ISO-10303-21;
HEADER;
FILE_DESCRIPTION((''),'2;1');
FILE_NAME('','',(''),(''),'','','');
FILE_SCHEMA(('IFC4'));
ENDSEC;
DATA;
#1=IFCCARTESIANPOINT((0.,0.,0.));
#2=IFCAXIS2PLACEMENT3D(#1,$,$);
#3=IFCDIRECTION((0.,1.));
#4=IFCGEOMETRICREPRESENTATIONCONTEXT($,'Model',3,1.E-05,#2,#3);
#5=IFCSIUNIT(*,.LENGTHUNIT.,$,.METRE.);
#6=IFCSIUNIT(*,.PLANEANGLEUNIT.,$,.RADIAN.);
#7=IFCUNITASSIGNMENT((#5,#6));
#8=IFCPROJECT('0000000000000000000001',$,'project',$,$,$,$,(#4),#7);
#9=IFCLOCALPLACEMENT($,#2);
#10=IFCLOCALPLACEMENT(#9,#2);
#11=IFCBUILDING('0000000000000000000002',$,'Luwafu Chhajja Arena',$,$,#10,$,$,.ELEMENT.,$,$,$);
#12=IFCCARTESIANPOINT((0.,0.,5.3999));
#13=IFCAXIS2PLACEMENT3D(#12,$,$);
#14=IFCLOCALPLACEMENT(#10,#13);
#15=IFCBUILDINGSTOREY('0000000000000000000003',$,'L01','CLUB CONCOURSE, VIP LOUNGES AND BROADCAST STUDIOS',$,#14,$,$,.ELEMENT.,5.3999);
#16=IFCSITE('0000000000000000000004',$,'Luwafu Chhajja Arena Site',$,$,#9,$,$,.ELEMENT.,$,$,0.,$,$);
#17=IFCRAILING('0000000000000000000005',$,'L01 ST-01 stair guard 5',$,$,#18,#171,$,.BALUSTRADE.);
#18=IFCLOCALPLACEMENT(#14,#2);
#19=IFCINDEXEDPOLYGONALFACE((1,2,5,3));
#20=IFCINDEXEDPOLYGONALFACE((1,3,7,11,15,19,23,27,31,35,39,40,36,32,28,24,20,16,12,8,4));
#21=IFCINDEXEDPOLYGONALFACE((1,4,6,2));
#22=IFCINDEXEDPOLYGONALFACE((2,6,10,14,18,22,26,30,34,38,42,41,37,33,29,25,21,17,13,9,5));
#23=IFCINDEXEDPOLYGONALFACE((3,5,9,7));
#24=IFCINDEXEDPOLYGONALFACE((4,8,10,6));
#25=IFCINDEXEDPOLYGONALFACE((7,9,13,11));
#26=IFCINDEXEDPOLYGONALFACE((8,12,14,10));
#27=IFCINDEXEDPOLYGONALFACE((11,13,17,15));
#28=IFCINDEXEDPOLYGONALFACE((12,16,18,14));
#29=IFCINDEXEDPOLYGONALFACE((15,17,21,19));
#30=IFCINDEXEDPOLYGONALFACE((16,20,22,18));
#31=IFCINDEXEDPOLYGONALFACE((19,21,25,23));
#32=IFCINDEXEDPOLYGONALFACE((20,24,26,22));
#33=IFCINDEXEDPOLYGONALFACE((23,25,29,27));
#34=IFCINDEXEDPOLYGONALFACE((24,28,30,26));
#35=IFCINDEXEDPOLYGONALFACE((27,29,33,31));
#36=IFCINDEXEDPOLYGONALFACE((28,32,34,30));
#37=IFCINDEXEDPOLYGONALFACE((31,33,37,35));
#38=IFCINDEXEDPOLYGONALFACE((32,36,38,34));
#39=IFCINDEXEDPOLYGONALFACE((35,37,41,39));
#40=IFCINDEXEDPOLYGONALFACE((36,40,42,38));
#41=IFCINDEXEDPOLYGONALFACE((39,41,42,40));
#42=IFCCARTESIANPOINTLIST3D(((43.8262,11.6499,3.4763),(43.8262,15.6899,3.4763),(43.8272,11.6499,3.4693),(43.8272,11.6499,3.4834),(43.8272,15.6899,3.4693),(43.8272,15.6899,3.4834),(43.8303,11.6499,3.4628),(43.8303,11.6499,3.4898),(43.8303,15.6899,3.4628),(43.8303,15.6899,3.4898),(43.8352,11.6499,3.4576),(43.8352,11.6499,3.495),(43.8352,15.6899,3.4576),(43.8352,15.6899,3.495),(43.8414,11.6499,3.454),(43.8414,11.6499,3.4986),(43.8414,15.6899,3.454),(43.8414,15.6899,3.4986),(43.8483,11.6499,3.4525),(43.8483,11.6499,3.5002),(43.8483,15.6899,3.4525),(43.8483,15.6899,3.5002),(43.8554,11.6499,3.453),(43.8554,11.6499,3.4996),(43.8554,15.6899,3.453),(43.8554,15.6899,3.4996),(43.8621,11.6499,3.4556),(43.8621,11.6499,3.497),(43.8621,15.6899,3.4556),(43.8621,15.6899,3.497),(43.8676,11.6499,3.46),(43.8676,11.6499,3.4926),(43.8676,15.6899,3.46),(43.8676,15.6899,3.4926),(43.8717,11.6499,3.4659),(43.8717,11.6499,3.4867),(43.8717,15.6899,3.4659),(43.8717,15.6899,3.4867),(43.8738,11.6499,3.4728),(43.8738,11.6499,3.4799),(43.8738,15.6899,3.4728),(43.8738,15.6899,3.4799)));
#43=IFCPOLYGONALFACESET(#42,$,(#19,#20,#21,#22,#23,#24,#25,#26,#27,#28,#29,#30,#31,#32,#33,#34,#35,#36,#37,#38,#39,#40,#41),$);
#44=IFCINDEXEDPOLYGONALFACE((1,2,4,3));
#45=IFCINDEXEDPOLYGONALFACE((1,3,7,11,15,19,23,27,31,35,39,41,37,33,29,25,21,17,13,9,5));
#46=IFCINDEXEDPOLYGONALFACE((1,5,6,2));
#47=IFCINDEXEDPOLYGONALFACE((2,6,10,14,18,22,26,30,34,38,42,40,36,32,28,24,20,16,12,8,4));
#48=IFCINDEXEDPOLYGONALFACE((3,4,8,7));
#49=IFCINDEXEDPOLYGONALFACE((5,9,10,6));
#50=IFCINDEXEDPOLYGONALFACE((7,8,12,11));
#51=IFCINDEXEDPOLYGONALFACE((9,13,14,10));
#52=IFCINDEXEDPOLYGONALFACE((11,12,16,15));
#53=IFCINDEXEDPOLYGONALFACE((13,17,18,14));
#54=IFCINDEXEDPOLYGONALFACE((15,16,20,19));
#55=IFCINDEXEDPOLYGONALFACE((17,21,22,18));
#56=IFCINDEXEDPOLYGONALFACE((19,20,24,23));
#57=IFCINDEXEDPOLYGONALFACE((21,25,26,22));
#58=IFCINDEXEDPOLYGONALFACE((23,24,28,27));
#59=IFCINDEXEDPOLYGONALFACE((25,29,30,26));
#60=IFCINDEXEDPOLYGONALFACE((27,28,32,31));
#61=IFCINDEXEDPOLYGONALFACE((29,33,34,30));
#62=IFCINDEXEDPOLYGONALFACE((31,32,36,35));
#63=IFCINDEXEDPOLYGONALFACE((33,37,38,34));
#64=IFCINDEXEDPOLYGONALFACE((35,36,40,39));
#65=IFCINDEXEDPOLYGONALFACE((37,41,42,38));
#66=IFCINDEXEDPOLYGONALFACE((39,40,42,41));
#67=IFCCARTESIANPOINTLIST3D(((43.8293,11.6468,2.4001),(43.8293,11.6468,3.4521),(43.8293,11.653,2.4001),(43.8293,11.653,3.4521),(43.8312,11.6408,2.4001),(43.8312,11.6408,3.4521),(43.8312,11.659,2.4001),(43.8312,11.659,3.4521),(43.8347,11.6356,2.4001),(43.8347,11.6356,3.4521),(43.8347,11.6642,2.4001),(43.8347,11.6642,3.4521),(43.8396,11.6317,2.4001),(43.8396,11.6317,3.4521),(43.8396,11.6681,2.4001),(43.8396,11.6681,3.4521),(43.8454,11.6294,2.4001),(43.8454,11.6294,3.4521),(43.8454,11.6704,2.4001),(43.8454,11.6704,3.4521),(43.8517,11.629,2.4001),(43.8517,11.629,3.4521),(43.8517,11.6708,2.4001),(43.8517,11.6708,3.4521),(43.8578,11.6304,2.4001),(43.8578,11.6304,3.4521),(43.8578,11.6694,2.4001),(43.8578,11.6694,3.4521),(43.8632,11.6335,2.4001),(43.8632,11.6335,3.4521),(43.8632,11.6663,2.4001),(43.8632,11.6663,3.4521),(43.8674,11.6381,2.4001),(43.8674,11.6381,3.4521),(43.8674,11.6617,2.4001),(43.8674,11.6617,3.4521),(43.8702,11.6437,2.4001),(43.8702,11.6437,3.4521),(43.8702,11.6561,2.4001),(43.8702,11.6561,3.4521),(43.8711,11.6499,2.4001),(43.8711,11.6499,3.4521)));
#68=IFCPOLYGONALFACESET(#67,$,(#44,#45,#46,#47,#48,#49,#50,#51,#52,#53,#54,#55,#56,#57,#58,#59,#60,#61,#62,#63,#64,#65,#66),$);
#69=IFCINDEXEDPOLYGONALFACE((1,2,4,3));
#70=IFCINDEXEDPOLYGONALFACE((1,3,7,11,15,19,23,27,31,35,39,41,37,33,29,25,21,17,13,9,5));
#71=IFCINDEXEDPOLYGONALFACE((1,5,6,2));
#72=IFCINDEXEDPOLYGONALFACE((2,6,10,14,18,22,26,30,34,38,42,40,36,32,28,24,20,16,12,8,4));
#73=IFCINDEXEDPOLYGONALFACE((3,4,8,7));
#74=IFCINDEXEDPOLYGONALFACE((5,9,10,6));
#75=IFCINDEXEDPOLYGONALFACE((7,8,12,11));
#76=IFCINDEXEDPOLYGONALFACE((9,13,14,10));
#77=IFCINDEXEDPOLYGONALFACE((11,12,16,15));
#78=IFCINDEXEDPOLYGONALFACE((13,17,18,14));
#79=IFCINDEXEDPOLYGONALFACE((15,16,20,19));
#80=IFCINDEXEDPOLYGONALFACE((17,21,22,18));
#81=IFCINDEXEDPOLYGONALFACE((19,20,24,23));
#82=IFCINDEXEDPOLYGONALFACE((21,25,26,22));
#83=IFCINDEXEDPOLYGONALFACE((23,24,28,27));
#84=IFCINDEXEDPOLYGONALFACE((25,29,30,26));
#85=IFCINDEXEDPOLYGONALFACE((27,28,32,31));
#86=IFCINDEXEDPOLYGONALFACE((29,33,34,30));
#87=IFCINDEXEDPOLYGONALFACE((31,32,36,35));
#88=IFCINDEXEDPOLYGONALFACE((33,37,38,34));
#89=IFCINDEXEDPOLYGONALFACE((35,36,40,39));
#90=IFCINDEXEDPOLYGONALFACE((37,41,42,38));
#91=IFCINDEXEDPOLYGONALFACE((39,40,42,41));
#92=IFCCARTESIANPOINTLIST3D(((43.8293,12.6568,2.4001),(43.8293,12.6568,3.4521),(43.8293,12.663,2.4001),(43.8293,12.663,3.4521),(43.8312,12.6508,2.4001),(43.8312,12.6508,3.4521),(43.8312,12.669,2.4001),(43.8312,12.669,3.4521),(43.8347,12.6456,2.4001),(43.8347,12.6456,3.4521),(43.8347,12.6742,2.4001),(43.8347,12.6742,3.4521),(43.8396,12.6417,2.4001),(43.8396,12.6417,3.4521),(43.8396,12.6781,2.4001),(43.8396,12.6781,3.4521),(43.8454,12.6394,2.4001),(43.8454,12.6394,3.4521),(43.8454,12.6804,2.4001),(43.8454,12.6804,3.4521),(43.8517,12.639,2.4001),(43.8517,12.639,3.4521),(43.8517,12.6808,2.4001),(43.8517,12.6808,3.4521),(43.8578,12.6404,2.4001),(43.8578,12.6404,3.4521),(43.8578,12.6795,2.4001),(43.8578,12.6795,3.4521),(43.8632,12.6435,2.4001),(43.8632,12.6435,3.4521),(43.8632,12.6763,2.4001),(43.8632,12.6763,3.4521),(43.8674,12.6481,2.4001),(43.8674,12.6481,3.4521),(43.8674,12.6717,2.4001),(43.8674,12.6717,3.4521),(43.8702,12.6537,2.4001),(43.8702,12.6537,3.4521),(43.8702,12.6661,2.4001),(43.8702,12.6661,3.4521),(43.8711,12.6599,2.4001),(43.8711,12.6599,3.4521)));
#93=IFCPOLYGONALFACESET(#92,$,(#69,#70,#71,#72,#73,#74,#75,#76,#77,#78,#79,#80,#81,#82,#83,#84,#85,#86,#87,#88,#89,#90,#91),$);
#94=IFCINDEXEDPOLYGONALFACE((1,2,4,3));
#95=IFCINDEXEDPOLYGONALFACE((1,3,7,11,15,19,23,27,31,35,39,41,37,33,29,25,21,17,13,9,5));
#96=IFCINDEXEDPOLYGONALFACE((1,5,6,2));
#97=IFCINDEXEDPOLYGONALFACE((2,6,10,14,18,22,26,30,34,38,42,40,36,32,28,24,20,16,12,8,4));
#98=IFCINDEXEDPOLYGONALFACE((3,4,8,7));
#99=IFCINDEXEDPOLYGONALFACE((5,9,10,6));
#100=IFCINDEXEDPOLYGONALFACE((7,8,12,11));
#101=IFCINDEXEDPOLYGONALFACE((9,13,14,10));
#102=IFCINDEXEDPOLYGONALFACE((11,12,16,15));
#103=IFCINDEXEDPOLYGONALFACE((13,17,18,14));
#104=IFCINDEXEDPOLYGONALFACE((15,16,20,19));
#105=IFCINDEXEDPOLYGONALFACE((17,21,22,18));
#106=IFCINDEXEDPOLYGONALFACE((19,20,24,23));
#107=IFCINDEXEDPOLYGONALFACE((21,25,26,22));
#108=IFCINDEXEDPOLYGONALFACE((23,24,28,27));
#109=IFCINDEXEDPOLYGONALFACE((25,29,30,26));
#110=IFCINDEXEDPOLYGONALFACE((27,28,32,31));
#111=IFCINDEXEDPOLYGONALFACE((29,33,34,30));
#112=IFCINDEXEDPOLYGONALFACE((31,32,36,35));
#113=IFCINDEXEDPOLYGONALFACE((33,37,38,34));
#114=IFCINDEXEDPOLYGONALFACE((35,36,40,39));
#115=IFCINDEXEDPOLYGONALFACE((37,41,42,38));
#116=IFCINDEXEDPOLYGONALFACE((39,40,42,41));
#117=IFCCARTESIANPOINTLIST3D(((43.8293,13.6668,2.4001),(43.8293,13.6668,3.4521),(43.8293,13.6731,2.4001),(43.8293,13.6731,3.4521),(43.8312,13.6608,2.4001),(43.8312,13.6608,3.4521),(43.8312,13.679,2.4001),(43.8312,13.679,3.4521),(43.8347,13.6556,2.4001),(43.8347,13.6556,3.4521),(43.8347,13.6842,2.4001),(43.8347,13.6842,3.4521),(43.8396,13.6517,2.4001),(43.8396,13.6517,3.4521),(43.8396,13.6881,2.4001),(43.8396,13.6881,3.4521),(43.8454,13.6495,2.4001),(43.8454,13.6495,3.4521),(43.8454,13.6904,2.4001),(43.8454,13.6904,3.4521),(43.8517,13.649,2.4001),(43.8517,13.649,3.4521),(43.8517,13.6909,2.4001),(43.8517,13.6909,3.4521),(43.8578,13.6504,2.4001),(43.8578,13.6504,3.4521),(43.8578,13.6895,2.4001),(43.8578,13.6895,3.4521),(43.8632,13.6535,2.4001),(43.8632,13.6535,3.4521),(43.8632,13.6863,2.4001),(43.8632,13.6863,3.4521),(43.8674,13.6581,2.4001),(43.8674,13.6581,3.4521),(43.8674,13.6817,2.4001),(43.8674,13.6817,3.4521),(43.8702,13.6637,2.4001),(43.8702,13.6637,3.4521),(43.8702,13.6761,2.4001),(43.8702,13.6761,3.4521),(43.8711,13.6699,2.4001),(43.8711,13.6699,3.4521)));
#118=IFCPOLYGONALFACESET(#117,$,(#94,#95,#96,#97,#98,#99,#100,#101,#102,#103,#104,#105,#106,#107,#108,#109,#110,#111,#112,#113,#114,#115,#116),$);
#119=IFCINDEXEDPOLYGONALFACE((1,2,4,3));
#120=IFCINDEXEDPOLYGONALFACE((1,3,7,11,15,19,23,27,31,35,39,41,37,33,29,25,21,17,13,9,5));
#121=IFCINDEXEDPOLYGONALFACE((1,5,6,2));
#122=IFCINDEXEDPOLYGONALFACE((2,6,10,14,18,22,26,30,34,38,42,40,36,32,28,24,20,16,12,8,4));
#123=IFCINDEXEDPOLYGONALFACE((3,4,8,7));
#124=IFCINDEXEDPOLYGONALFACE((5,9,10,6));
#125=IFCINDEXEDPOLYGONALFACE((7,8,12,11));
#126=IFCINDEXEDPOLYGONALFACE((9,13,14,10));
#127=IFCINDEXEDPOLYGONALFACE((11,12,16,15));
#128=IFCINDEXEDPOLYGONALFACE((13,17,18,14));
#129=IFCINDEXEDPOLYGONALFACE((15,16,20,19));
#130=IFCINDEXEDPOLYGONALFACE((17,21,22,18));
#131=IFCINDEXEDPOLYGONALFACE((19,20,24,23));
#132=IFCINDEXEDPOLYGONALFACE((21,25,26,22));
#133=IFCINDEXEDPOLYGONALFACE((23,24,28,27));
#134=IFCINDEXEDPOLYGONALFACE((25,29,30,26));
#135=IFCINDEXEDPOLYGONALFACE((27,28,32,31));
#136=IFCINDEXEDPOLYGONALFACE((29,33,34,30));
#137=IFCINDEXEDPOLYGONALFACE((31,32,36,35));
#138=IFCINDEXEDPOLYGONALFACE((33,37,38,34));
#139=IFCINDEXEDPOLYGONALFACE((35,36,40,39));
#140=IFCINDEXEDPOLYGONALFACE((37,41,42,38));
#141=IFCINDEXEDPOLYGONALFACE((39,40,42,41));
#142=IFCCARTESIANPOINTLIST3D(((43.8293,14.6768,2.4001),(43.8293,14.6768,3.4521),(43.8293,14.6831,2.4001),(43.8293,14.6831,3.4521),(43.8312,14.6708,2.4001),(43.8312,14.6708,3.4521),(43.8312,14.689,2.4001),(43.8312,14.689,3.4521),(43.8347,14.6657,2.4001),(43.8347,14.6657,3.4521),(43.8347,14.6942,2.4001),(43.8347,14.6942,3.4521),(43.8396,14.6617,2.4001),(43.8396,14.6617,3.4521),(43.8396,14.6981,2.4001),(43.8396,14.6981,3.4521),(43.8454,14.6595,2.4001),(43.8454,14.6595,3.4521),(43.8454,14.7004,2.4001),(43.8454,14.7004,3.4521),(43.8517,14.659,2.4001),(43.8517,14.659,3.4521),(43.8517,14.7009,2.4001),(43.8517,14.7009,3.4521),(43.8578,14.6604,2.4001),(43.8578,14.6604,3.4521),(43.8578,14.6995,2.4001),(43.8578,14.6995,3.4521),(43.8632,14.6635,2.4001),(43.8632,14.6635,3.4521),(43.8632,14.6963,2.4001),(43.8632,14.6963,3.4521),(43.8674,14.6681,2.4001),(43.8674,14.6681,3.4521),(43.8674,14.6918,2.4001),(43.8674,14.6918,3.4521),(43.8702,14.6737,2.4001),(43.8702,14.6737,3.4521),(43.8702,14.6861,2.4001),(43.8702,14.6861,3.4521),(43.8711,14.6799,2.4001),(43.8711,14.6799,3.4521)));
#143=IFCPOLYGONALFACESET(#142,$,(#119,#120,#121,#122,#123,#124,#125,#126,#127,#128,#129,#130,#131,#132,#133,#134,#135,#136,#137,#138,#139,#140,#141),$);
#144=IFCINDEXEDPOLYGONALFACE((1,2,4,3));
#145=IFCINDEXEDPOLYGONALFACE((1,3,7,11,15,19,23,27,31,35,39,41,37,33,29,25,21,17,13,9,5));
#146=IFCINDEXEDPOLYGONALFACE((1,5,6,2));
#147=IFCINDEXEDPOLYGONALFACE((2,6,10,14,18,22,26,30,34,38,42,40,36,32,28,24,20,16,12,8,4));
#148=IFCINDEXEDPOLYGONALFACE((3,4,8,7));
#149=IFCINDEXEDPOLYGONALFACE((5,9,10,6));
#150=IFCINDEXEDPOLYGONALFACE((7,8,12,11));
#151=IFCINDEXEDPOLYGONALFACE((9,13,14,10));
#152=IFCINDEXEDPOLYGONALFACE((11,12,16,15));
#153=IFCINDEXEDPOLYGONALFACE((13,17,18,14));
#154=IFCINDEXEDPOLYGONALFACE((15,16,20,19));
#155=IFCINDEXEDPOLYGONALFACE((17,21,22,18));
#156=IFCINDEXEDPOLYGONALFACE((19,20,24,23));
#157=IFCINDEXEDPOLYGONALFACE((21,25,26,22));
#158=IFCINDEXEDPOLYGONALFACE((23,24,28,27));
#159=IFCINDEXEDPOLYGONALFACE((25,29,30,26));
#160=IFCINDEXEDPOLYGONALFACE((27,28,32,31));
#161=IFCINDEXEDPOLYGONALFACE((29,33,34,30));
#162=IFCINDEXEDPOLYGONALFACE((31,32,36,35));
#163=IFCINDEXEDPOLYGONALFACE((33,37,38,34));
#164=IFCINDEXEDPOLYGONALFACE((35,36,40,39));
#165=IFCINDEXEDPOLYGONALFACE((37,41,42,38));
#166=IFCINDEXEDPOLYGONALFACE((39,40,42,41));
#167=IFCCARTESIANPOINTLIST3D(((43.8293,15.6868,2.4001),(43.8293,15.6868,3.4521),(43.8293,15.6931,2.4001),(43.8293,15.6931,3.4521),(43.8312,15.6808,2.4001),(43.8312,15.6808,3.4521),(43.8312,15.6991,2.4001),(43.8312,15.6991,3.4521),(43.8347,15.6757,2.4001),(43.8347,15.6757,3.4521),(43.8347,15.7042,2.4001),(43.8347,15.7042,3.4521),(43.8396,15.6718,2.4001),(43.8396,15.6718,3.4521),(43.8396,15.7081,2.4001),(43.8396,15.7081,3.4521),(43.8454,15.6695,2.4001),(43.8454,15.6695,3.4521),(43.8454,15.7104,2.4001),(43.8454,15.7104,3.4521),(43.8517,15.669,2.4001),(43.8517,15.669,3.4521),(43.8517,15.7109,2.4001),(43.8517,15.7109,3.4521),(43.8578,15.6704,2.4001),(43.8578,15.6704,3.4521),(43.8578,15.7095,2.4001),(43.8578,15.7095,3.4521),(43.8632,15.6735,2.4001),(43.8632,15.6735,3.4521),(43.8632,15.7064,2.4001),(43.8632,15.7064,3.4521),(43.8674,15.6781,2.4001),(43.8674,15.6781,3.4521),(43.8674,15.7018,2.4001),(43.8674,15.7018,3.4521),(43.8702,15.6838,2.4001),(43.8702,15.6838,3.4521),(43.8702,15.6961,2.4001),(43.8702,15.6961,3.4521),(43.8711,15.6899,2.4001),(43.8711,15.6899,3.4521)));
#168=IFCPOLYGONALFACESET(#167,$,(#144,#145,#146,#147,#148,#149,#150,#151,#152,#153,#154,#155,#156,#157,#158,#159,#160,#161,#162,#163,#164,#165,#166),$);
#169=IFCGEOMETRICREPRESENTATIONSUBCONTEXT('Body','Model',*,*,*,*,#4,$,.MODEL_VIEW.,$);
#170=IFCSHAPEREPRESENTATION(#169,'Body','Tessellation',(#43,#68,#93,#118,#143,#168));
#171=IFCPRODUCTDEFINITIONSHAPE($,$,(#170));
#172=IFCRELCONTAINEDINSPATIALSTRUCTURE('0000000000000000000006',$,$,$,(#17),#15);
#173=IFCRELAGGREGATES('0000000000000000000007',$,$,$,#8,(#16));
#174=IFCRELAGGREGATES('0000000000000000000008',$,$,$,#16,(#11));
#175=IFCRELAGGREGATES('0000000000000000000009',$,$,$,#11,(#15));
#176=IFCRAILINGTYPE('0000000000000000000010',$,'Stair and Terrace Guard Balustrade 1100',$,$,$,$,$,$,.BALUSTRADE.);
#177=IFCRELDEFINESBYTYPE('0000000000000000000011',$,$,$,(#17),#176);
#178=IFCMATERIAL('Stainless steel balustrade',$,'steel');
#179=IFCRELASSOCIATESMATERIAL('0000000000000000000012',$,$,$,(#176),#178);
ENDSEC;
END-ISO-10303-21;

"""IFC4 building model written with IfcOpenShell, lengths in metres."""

from ifc_helpers import new_model, si_unit, direction, frame, origin, origin_2d, place, context, subcontext, project, spatial, circle, extrude, material, type_object, element, save


model = new_model("IFC4")

# Units and contexts
model_context = context("Model", 3, precision=1e-05, world=origin(), true_north=direction((0.0, 1.0)))
body_context = subcontext(model_context, "Body", "Model", "MODEL_VIEW")
ifc_project = project(units=[si_unit("LENGTHUNIT", "METRE"), si_unit("PLANEANGLEUNIT", "RADIAN")], contexts=[model_context])

# Site, building, storey
site_placement = place(None, origin())
site = spatial("IfcSite", under=ifc_project, at=site_placement, Name="Luwafu Chhajja Arena Site", CompositionType="ELEMENT", RefElevation=0.0)
building_placement = place(site_placement, origin())
building = spatial("IfcBuilding", under=site, at=building_placement, Name="Luwafu Chhajja Arena", CompositionType="ELEMENT")
storey_placement = place(building_placement, frame((0.0, 0.0, 5.3999)))
storey = spatial("IfcBuildingStorey", under=building, at=storey_placement, Name="L01", Description="CLUB CONCOURSE, VIP LOUNGES AND BROADCAST STUDIOS", CompositionType="ELEMENT", Elevation=5.3999)

# Railing
ifc_material_1 = material(Name="Stainless steel balustrade", Category="steel")
railing_type_1 = type_object("IfcRailingType", Name="Stair and Terrace Guard Balustrade 1100", PredefinedType="BALUSTRADE", material=ifc_material_1)
railing_1_placement = place(storey_placement, frame((43.8501, 11.6499, 2.4001)))
element("IfcRailing", 1, at=railing_1_placement, inside=storey, type_object=railing_type_1, Name="L01 ST-01 stair guard 5", PredefinedType="BALUSTRADE", context=body_context, shape_type="SweptSolid", body=[
    extrude(circle(Radius=0.0239, at=origin_2d()), frame((0.0, 0.0, 1.0762), z_axis=(0.0, 1.0, 0.0), x_axis=(-1.0, 0.0, 0.0)), (0.0, 0.0, 1.0), 4.04),
    extrude(circle(Radius=0.021, at=origin_2d()), origin(), (0.0, 0.0, 1.0), 1.052),
    extrude(circle(Radius=0.021, at=origin_2d()), frame((0.0, 1.01, 0.0)), (0.0, 0.0, 1.0), 1.052),
    extrude(circle(Radius=0.021, at=origin_2d()), frame((0.0, 2.02, 0.0)), (0.0, 0.0, 1.0), 1.052),
    extrude(circle(Radius=0.021, at=origin_2d()), frame((0.0, 3.03, 0.0)), (0.0, 0.0, 1.0), 1.052),
    extrude(circle(Radius=0.021, at=origin_2d()), frame((0.0, 4.04, 0.0)), (0.0, 0.0, 1.0), 1.052),
])

save(model, "model.ifc")
